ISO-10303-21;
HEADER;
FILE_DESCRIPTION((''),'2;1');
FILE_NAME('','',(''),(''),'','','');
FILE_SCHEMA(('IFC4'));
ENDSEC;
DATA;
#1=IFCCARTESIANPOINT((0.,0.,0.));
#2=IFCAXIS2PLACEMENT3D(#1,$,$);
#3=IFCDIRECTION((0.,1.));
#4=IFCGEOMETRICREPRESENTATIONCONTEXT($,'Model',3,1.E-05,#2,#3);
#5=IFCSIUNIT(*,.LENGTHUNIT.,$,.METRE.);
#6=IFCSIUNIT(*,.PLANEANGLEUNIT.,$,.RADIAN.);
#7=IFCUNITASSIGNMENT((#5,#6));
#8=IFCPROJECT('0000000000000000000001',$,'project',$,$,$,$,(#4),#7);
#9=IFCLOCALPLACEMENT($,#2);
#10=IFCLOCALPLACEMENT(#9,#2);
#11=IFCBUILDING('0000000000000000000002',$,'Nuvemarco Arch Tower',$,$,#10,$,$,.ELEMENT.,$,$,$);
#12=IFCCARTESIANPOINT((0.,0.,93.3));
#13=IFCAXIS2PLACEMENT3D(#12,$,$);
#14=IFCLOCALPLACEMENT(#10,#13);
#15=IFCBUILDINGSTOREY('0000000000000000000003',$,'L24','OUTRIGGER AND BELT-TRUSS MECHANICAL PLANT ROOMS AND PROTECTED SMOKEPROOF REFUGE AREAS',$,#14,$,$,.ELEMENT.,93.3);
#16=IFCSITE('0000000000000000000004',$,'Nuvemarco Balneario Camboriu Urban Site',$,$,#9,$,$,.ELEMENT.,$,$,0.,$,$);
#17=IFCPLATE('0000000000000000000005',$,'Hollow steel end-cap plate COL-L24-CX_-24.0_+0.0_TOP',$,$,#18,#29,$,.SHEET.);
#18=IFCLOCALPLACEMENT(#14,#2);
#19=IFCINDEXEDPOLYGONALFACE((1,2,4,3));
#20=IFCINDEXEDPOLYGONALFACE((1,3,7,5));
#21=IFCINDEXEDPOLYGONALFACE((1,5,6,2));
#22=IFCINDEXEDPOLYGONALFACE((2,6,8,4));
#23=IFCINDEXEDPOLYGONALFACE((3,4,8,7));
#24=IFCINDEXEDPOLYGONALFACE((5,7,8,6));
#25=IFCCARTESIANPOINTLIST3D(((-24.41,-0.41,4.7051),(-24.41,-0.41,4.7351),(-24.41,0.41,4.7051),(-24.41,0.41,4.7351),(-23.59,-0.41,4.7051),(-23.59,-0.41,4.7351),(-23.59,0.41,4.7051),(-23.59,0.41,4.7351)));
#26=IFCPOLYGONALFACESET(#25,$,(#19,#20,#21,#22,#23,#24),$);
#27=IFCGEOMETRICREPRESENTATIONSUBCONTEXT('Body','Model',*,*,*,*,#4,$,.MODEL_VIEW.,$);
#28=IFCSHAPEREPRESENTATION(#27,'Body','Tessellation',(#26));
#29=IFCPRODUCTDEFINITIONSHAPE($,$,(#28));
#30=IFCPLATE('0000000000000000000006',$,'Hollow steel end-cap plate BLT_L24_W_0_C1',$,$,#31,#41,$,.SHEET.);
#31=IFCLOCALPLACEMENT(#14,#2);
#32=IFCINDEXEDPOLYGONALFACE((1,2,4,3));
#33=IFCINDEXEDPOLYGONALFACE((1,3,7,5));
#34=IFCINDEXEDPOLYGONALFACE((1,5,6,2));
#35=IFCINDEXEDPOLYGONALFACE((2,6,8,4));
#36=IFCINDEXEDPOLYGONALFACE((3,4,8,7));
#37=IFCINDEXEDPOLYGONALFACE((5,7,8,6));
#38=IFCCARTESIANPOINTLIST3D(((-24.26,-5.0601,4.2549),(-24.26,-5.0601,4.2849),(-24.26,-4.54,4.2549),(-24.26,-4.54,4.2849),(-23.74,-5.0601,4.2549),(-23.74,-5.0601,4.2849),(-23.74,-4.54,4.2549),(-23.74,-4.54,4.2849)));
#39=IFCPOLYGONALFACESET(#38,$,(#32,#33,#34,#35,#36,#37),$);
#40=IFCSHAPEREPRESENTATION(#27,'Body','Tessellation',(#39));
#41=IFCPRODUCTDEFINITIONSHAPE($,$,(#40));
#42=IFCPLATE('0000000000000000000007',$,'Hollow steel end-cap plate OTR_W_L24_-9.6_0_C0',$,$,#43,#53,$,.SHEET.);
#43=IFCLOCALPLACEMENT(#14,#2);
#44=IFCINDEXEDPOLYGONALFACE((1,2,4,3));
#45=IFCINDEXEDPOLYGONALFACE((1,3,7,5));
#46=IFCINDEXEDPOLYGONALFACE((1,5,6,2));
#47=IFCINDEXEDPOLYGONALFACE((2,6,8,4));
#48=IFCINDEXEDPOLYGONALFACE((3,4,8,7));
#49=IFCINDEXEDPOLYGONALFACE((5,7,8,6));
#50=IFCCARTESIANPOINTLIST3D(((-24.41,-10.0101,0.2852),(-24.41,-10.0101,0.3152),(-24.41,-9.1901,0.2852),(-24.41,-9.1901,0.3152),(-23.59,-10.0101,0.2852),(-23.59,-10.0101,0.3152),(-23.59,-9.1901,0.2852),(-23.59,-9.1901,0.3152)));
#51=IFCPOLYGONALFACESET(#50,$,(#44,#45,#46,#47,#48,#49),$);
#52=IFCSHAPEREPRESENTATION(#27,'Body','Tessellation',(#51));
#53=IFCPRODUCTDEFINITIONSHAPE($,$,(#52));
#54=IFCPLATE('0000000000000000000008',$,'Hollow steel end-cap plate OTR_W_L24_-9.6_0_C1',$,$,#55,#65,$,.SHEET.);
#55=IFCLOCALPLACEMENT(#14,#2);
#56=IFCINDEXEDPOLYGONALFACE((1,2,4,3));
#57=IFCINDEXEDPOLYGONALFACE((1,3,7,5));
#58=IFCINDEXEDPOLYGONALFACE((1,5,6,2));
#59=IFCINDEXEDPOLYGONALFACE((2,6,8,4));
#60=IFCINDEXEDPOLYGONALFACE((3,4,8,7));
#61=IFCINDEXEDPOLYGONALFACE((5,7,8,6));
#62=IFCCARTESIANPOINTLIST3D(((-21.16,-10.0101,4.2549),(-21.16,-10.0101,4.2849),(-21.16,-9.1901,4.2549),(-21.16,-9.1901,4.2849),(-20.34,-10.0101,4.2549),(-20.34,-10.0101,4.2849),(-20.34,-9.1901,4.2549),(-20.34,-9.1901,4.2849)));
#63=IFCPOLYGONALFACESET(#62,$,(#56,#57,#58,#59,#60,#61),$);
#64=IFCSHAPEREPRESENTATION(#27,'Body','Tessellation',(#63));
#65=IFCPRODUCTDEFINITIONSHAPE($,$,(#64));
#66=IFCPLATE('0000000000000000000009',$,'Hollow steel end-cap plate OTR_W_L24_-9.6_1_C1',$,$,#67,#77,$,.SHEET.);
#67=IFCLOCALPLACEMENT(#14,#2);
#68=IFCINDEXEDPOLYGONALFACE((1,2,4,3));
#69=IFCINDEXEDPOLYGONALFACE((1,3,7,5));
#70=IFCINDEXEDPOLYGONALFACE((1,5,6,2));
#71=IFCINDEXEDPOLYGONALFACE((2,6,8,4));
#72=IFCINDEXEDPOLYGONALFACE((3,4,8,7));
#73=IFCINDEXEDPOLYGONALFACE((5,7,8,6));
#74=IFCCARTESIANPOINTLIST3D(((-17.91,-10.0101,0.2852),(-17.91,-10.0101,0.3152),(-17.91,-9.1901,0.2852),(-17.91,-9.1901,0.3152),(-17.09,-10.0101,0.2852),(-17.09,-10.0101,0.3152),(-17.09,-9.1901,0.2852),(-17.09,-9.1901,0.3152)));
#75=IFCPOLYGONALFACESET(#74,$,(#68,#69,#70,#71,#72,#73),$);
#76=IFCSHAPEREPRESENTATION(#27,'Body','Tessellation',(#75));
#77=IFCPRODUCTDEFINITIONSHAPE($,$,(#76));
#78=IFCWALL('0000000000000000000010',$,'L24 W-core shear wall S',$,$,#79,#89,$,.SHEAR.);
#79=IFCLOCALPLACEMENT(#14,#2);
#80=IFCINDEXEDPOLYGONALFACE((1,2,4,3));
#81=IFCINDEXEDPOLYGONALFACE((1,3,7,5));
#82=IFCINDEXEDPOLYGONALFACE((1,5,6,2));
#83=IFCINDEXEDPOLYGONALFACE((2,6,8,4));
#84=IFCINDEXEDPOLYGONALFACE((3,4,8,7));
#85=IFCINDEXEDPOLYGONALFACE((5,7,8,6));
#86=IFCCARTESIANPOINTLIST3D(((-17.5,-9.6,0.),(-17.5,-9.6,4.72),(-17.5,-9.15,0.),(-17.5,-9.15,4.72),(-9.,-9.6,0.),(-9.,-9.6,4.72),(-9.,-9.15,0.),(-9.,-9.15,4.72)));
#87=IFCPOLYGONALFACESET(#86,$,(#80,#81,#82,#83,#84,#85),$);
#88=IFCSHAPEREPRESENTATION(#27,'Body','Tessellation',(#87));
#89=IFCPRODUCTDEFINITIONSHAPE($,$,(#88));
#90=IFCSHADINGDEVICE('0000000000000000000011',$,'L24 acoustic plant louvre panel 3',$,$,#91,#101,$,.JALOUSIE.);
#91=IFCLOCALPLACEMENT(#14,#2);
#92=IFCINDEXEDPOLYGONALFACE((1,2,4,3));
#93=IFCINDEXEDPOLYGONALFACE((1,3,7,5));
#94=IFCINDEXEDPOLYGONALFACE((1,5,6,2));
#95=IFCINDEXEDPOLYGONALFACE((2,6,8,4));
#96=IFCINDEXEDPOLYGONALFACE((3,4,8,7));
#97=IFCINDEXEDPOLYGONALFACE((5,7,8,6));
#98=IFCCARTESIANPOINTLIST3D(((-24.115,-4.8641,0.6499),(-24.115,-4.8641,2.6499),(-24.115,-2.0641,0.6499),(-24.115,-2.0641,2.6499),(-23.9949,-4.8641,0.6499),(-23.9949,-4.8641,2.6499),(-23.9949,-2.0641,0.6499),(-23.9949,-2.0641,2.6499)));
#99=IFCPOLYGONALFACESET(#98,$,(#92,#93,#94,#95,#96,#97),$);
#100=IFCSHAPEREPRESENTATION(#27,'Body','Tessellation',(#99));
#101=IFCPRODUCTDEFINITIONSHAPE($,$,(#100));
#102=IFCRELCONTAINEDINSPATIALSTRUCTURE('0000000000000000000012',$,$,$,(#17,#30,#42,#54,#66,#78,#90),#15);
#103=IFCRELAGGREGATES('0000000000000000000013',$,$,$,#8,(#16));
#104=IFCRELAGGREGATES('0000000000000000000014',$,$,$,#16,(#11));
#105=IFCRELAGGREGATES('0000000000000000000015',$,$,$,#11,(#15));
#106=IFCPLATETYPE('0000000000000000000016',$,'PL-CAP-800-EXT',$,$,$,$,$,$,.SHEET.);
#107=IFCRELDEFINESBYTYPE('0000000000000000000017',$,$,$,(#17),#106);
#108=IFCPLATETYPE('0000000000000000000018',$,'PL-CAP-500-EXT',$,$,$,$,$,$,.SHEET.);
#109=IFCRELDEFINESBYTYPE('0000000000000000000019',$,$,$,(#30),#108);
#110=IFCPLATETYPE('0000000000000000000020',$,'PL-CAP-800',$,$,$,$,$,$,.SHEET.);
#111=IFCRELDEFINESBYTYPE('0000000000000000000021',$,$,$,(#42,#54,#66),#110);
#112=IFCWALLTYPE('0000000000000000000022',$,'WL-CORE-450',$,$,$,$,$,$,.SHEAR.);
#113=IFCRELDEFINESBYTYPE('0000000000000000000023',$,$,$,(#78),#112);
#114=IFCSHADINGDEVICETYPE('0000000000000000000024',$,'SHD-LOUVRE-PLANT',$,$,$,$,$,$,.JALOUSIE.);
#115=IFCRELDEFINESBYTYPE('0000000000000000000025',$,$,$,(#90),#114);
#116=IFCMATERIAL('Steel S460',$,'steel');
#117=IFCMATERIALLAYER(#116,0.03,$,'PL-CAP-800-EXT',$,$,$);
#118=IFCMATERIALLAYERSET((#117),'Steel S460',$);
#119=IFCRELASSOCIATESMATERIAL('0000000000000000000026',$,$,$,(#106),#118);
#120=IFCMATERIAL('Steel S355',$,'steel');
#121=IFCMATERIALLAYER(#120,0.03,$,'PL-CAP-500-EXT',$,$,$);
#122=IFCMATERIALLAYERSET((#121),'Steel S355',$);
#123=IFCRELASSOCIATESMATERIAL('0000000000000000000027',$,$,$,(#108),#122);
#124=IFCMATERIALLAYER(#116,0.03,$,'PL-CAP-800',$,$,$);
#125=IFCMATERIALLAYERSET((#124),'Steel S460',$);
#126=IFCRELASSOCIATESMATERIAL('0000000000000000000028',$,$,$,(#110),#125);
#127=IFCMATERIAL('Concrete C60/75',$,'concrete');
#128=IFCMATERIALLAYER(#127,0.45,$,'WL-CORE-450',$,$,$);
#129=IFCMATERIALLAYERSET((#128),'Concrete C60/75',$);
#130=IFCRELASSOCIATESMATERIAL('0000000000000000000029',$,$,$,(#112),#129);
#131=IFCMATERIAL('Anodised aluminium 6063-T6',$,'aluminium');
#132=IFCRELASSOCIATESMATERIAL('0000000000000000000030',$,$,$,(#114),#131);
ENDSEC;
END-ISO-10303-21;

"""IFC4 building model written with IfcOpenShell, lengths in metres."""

from ifc_helpers import new_model, si_unit, direction, frame, frame_2d, origin, origin_2d, place, context, subcontext, project, spatial, rectangle, extrude, source, transform, mapped, material, layer, layer_set, type_object, type_shapes, element, save


model = new_model("IFC4")

# Units and contexts
model_context = context("Model", 3, precision=1e-05, world=origin(), true_north=direction((0.0, 1.0)))
body_context = subcontext(model_context, "Body", "Model", "MODEL_VIEW")
ifc_project = project(units=[si_unit("LENGTHUNIT", "METRE"), si_unit("PLANEANGLEUNIT", "RADIAN")], contexts=[model_context])

# Site, building, storey
site_placement = place(None, origin())
site = spatial("IfcSite", under=ifc_project, at=site_placement, Name="Nuvemarco Balneario Camboriu Urban Site", CompositionType="ELEMENT", RefElevation=0.0)
building_placement = place(site_placement, origin())
building = spatial("IfcBuilding", under=site, at=building_placement, Name="Nuvemarco Arch Tower", CompositionType="ELEMENT")
storey_placement = place(building_placement, frame((0.0, 0.0, 93.3)))
storey = spatial("IfcBuildingStorey", under=building, at=storey_placement, Name="L24", Description="OUTRIGGER AND BELT-TRUSS MECHANICAL PLANT ROOMS AND PROTECTED SMOKEPROOF REFUGE AREAS", CompositionType="ELEMENT", Elevation=93.3)

# Shared definitions
ifc_material_1 = material(Name="Concrete C60/75", Category="concrete")
ifc_material_2 = material(Name="Steel S460", Category="steel")

# Shared definitions
ifc_material_3 = material(Name="Steel S355", Category="steel")

# Plates
ifc_layer_1 = layer(ifc_material_2, 0.03, Name="PL-CAP-800-EXT")
ifc_layer_set_1 = layer_set([ifc_layer_1], Name="Steel S460")
plate_type_1 = type_object("IfcPlateType", Name="PL-CAP-800-EXT", PredefinedType="SHEET", material=ifc_layer_set_1)
shared_shape_1 = source(origin(), body_context, "Body", "SweptSolid", [
    extrude(rectangle(XDim=0.8201, YDim=0.8201, at=origin_2d()), origin(), (0.0, 0.0, 1.0), 0.03),
])
type_shapes(plate_type_1, [shared_shape_1])
plate_1_placement = place(storey_placement, frame((-24.0, 0.0, 4.7051), z_axis=(0.0, 0.0, 1.0), x_axis=(1.0, 0.0, 0.0)))
element("IfcPlate", 1, at=plate_1_placement, inside=storey, type_object=plate_type_1, Name="Hollow steel end-cap plate COL-L24-CX_-24.0_+0.0_TOP", PredefinedType="SHEET", context=body_context, shape_type="MappedRepresentation", body=[
    mapped(shared_shape_1, transform((0.0, 0.0, 0.0), scale=1.0)),
])
ifc_layer_2 = layer(ifc_material_3, 0.03, Name="PL-CAP-500-EXT")
ifc_layer_set_2 = layer_set([ifc_layer_2], Name="Steel S355")
plate_type_2 = type_object("IfcPlateType", Name="PL-CAP-500-EXT", PredefinedType="SHEET", material=ifc_layer_set_2)
shared_shape_2 = source(origin(), body_context, "Body", "SweptSolid", [
    extrude(rectangle(XDim=0.52, YDim=0.52, at=origin_2d()), origin(), (0.0, 0.0, 1.0), 0.03),
])
type_shapes(plate_type_2, [shared_shape_2])
plate_2_placement = place(storey_placement, frame((-24.0, -4.8, 4.2549), z_axis=(0.0, 0.0, 1.0), x_axis=(1.0, 0.0, 0.0)))
element("IfcPlate", 2, at=plate_2_placement, inside=storey, type_object=plate_type_2, Name="Hollow steel end-cap plate BLT_L24_W_0_C1", PredefinedType="SHEET", context=body_context, shape_type="MappedRepresentation", body=[
    mapped(shared_shape_2, transform((0.0, 0.0, 0.0), scale=1.0)),
])
ifc_layer_3 = layer(ifc_material_2, 0.03, Name="PL-CAP-800")
ifc_layer_set_3 = layer_set([ifc_layer_3], Name="Steel S460")
plate_type_3 = type_object("IfcPlateType", Name="PL-CAP-800", PredefinedType="SHEET", material=ifc_layer_set_3)
shared_shape_3 = source(origin(), body_context, "Body", "SweptSolid", [
    extrude(rectangle(XDim=0.8201, YDim=0.8201, at=origin_2d()), origin(), (0.0, 0.0, 1.0), 0.03),
])
type_shapes(plate_type_3, [shared_shape_3])
for number, where, z_axis, x_axis, name in (
    (3, (-24.0, -9.6001, 0.2852), (0.0, 0.0, 1.0), (1.0, 0.0, 0.0), "Hollow steel end-cap plate OTR_W_L24_-9.6_0_C0"),
    (4, (-20.75, -9.6001, 4.2549), (0.0, 0.0, 1.0), (1.0, 0.0, 0.0), "Hollow steel end-cap plate OTR_W_L24_-9.6_0_C1"),
    (5, (-17.5, -9.6001, 0.2852), (0.0, 0.0, 1.0), (1.0, 0.0, 0.0), "Hollow steel end-cap plate OTR_W_L24_-9.6_1_C1"),
):
    element("IfcPlate", number, at=place(storey_placement, frame(where, z_axis=z_axis, x_axis=x_axis)), inside=storey, type_object=plate_type_3, Name=name, PredefinedType="SHEET", context=body_context, shape_type="MappedRepresentation", body=[
        mapped(shared_shape_3, transform((0.0, 0.0, 0.0), scale=1.0)),
    ])

# Wall
ifc_layer_4 = layer(ifc_material_1, 0.45, Name="WL-CORE-450")
ifc_layer_set_4 = layer_set([ifc_layer_4], Name="Concrete C60/75")
wall_type = type_object("IfcWallType", Name="WL-CORE-450", PredefinedType="SHEAR", material=ifc_layer_set_4)
wall_placement = place(storey_placement, frame((-17.5, -9.375, 0.0), z_axis=(0.0, 0.0, 1.0), x_axis=(1.0, 0.0, 0.0)))
element("IfcWall", 6, at=wall_placement, inside=storey, type_object=wall_type, Name="L24 W-core shear wall S", PredefinedType="SHEAR", context=body_context, shape_type="SweptSolid", body=[
    extrude(rectangle(XDim=8.5, YDim=0.45, at=frame_2d((4.25, 0.0))), origin(), (0.0, 0.0, 1.0), 4.72),
])

# Shading device
ifc_material_4 = material(Name="Anodised aluminium 6063-T6", Category="aluminium")
shading_device_type = type_object("IfcShadingDeviceType", Name="SHD-LOUVRE-PLANT", PredefinedType="JALOUSIE", material=ifc_material_4)
shared_shape_4 = source(origin(), body_context, "Body", "SweptSolid", [
    extrude(rectangle(XDim=2.8, YDim=0.1201, at=origin_2d()), origin(), (0.0, 0.0, 1.0), 2.0),
])
type_shapes(shading_device_type, [shared_shape_4])
shading_device_placement = place(storey_placement, frame((-24.0549, -3.4641, 0.6499), z_axis=(0.0, 0.0, 1.0), x_axis=(0.0, 1.0, 0.0)))
element("IfcShadingDevice", 7, at=shading_device_placement, inside=storey, type_object=shading_device_type, Name="L24 acoustic plant louvre panel 3", PredefinedType="JALOUSIE", context=body_context, shape_type="MappedRepresentation", body=[
    mapped(shared_shape_4, transform((0.0, 0.0, 0.0), scale=1.0)),
])

save(model, "model.ifc")
